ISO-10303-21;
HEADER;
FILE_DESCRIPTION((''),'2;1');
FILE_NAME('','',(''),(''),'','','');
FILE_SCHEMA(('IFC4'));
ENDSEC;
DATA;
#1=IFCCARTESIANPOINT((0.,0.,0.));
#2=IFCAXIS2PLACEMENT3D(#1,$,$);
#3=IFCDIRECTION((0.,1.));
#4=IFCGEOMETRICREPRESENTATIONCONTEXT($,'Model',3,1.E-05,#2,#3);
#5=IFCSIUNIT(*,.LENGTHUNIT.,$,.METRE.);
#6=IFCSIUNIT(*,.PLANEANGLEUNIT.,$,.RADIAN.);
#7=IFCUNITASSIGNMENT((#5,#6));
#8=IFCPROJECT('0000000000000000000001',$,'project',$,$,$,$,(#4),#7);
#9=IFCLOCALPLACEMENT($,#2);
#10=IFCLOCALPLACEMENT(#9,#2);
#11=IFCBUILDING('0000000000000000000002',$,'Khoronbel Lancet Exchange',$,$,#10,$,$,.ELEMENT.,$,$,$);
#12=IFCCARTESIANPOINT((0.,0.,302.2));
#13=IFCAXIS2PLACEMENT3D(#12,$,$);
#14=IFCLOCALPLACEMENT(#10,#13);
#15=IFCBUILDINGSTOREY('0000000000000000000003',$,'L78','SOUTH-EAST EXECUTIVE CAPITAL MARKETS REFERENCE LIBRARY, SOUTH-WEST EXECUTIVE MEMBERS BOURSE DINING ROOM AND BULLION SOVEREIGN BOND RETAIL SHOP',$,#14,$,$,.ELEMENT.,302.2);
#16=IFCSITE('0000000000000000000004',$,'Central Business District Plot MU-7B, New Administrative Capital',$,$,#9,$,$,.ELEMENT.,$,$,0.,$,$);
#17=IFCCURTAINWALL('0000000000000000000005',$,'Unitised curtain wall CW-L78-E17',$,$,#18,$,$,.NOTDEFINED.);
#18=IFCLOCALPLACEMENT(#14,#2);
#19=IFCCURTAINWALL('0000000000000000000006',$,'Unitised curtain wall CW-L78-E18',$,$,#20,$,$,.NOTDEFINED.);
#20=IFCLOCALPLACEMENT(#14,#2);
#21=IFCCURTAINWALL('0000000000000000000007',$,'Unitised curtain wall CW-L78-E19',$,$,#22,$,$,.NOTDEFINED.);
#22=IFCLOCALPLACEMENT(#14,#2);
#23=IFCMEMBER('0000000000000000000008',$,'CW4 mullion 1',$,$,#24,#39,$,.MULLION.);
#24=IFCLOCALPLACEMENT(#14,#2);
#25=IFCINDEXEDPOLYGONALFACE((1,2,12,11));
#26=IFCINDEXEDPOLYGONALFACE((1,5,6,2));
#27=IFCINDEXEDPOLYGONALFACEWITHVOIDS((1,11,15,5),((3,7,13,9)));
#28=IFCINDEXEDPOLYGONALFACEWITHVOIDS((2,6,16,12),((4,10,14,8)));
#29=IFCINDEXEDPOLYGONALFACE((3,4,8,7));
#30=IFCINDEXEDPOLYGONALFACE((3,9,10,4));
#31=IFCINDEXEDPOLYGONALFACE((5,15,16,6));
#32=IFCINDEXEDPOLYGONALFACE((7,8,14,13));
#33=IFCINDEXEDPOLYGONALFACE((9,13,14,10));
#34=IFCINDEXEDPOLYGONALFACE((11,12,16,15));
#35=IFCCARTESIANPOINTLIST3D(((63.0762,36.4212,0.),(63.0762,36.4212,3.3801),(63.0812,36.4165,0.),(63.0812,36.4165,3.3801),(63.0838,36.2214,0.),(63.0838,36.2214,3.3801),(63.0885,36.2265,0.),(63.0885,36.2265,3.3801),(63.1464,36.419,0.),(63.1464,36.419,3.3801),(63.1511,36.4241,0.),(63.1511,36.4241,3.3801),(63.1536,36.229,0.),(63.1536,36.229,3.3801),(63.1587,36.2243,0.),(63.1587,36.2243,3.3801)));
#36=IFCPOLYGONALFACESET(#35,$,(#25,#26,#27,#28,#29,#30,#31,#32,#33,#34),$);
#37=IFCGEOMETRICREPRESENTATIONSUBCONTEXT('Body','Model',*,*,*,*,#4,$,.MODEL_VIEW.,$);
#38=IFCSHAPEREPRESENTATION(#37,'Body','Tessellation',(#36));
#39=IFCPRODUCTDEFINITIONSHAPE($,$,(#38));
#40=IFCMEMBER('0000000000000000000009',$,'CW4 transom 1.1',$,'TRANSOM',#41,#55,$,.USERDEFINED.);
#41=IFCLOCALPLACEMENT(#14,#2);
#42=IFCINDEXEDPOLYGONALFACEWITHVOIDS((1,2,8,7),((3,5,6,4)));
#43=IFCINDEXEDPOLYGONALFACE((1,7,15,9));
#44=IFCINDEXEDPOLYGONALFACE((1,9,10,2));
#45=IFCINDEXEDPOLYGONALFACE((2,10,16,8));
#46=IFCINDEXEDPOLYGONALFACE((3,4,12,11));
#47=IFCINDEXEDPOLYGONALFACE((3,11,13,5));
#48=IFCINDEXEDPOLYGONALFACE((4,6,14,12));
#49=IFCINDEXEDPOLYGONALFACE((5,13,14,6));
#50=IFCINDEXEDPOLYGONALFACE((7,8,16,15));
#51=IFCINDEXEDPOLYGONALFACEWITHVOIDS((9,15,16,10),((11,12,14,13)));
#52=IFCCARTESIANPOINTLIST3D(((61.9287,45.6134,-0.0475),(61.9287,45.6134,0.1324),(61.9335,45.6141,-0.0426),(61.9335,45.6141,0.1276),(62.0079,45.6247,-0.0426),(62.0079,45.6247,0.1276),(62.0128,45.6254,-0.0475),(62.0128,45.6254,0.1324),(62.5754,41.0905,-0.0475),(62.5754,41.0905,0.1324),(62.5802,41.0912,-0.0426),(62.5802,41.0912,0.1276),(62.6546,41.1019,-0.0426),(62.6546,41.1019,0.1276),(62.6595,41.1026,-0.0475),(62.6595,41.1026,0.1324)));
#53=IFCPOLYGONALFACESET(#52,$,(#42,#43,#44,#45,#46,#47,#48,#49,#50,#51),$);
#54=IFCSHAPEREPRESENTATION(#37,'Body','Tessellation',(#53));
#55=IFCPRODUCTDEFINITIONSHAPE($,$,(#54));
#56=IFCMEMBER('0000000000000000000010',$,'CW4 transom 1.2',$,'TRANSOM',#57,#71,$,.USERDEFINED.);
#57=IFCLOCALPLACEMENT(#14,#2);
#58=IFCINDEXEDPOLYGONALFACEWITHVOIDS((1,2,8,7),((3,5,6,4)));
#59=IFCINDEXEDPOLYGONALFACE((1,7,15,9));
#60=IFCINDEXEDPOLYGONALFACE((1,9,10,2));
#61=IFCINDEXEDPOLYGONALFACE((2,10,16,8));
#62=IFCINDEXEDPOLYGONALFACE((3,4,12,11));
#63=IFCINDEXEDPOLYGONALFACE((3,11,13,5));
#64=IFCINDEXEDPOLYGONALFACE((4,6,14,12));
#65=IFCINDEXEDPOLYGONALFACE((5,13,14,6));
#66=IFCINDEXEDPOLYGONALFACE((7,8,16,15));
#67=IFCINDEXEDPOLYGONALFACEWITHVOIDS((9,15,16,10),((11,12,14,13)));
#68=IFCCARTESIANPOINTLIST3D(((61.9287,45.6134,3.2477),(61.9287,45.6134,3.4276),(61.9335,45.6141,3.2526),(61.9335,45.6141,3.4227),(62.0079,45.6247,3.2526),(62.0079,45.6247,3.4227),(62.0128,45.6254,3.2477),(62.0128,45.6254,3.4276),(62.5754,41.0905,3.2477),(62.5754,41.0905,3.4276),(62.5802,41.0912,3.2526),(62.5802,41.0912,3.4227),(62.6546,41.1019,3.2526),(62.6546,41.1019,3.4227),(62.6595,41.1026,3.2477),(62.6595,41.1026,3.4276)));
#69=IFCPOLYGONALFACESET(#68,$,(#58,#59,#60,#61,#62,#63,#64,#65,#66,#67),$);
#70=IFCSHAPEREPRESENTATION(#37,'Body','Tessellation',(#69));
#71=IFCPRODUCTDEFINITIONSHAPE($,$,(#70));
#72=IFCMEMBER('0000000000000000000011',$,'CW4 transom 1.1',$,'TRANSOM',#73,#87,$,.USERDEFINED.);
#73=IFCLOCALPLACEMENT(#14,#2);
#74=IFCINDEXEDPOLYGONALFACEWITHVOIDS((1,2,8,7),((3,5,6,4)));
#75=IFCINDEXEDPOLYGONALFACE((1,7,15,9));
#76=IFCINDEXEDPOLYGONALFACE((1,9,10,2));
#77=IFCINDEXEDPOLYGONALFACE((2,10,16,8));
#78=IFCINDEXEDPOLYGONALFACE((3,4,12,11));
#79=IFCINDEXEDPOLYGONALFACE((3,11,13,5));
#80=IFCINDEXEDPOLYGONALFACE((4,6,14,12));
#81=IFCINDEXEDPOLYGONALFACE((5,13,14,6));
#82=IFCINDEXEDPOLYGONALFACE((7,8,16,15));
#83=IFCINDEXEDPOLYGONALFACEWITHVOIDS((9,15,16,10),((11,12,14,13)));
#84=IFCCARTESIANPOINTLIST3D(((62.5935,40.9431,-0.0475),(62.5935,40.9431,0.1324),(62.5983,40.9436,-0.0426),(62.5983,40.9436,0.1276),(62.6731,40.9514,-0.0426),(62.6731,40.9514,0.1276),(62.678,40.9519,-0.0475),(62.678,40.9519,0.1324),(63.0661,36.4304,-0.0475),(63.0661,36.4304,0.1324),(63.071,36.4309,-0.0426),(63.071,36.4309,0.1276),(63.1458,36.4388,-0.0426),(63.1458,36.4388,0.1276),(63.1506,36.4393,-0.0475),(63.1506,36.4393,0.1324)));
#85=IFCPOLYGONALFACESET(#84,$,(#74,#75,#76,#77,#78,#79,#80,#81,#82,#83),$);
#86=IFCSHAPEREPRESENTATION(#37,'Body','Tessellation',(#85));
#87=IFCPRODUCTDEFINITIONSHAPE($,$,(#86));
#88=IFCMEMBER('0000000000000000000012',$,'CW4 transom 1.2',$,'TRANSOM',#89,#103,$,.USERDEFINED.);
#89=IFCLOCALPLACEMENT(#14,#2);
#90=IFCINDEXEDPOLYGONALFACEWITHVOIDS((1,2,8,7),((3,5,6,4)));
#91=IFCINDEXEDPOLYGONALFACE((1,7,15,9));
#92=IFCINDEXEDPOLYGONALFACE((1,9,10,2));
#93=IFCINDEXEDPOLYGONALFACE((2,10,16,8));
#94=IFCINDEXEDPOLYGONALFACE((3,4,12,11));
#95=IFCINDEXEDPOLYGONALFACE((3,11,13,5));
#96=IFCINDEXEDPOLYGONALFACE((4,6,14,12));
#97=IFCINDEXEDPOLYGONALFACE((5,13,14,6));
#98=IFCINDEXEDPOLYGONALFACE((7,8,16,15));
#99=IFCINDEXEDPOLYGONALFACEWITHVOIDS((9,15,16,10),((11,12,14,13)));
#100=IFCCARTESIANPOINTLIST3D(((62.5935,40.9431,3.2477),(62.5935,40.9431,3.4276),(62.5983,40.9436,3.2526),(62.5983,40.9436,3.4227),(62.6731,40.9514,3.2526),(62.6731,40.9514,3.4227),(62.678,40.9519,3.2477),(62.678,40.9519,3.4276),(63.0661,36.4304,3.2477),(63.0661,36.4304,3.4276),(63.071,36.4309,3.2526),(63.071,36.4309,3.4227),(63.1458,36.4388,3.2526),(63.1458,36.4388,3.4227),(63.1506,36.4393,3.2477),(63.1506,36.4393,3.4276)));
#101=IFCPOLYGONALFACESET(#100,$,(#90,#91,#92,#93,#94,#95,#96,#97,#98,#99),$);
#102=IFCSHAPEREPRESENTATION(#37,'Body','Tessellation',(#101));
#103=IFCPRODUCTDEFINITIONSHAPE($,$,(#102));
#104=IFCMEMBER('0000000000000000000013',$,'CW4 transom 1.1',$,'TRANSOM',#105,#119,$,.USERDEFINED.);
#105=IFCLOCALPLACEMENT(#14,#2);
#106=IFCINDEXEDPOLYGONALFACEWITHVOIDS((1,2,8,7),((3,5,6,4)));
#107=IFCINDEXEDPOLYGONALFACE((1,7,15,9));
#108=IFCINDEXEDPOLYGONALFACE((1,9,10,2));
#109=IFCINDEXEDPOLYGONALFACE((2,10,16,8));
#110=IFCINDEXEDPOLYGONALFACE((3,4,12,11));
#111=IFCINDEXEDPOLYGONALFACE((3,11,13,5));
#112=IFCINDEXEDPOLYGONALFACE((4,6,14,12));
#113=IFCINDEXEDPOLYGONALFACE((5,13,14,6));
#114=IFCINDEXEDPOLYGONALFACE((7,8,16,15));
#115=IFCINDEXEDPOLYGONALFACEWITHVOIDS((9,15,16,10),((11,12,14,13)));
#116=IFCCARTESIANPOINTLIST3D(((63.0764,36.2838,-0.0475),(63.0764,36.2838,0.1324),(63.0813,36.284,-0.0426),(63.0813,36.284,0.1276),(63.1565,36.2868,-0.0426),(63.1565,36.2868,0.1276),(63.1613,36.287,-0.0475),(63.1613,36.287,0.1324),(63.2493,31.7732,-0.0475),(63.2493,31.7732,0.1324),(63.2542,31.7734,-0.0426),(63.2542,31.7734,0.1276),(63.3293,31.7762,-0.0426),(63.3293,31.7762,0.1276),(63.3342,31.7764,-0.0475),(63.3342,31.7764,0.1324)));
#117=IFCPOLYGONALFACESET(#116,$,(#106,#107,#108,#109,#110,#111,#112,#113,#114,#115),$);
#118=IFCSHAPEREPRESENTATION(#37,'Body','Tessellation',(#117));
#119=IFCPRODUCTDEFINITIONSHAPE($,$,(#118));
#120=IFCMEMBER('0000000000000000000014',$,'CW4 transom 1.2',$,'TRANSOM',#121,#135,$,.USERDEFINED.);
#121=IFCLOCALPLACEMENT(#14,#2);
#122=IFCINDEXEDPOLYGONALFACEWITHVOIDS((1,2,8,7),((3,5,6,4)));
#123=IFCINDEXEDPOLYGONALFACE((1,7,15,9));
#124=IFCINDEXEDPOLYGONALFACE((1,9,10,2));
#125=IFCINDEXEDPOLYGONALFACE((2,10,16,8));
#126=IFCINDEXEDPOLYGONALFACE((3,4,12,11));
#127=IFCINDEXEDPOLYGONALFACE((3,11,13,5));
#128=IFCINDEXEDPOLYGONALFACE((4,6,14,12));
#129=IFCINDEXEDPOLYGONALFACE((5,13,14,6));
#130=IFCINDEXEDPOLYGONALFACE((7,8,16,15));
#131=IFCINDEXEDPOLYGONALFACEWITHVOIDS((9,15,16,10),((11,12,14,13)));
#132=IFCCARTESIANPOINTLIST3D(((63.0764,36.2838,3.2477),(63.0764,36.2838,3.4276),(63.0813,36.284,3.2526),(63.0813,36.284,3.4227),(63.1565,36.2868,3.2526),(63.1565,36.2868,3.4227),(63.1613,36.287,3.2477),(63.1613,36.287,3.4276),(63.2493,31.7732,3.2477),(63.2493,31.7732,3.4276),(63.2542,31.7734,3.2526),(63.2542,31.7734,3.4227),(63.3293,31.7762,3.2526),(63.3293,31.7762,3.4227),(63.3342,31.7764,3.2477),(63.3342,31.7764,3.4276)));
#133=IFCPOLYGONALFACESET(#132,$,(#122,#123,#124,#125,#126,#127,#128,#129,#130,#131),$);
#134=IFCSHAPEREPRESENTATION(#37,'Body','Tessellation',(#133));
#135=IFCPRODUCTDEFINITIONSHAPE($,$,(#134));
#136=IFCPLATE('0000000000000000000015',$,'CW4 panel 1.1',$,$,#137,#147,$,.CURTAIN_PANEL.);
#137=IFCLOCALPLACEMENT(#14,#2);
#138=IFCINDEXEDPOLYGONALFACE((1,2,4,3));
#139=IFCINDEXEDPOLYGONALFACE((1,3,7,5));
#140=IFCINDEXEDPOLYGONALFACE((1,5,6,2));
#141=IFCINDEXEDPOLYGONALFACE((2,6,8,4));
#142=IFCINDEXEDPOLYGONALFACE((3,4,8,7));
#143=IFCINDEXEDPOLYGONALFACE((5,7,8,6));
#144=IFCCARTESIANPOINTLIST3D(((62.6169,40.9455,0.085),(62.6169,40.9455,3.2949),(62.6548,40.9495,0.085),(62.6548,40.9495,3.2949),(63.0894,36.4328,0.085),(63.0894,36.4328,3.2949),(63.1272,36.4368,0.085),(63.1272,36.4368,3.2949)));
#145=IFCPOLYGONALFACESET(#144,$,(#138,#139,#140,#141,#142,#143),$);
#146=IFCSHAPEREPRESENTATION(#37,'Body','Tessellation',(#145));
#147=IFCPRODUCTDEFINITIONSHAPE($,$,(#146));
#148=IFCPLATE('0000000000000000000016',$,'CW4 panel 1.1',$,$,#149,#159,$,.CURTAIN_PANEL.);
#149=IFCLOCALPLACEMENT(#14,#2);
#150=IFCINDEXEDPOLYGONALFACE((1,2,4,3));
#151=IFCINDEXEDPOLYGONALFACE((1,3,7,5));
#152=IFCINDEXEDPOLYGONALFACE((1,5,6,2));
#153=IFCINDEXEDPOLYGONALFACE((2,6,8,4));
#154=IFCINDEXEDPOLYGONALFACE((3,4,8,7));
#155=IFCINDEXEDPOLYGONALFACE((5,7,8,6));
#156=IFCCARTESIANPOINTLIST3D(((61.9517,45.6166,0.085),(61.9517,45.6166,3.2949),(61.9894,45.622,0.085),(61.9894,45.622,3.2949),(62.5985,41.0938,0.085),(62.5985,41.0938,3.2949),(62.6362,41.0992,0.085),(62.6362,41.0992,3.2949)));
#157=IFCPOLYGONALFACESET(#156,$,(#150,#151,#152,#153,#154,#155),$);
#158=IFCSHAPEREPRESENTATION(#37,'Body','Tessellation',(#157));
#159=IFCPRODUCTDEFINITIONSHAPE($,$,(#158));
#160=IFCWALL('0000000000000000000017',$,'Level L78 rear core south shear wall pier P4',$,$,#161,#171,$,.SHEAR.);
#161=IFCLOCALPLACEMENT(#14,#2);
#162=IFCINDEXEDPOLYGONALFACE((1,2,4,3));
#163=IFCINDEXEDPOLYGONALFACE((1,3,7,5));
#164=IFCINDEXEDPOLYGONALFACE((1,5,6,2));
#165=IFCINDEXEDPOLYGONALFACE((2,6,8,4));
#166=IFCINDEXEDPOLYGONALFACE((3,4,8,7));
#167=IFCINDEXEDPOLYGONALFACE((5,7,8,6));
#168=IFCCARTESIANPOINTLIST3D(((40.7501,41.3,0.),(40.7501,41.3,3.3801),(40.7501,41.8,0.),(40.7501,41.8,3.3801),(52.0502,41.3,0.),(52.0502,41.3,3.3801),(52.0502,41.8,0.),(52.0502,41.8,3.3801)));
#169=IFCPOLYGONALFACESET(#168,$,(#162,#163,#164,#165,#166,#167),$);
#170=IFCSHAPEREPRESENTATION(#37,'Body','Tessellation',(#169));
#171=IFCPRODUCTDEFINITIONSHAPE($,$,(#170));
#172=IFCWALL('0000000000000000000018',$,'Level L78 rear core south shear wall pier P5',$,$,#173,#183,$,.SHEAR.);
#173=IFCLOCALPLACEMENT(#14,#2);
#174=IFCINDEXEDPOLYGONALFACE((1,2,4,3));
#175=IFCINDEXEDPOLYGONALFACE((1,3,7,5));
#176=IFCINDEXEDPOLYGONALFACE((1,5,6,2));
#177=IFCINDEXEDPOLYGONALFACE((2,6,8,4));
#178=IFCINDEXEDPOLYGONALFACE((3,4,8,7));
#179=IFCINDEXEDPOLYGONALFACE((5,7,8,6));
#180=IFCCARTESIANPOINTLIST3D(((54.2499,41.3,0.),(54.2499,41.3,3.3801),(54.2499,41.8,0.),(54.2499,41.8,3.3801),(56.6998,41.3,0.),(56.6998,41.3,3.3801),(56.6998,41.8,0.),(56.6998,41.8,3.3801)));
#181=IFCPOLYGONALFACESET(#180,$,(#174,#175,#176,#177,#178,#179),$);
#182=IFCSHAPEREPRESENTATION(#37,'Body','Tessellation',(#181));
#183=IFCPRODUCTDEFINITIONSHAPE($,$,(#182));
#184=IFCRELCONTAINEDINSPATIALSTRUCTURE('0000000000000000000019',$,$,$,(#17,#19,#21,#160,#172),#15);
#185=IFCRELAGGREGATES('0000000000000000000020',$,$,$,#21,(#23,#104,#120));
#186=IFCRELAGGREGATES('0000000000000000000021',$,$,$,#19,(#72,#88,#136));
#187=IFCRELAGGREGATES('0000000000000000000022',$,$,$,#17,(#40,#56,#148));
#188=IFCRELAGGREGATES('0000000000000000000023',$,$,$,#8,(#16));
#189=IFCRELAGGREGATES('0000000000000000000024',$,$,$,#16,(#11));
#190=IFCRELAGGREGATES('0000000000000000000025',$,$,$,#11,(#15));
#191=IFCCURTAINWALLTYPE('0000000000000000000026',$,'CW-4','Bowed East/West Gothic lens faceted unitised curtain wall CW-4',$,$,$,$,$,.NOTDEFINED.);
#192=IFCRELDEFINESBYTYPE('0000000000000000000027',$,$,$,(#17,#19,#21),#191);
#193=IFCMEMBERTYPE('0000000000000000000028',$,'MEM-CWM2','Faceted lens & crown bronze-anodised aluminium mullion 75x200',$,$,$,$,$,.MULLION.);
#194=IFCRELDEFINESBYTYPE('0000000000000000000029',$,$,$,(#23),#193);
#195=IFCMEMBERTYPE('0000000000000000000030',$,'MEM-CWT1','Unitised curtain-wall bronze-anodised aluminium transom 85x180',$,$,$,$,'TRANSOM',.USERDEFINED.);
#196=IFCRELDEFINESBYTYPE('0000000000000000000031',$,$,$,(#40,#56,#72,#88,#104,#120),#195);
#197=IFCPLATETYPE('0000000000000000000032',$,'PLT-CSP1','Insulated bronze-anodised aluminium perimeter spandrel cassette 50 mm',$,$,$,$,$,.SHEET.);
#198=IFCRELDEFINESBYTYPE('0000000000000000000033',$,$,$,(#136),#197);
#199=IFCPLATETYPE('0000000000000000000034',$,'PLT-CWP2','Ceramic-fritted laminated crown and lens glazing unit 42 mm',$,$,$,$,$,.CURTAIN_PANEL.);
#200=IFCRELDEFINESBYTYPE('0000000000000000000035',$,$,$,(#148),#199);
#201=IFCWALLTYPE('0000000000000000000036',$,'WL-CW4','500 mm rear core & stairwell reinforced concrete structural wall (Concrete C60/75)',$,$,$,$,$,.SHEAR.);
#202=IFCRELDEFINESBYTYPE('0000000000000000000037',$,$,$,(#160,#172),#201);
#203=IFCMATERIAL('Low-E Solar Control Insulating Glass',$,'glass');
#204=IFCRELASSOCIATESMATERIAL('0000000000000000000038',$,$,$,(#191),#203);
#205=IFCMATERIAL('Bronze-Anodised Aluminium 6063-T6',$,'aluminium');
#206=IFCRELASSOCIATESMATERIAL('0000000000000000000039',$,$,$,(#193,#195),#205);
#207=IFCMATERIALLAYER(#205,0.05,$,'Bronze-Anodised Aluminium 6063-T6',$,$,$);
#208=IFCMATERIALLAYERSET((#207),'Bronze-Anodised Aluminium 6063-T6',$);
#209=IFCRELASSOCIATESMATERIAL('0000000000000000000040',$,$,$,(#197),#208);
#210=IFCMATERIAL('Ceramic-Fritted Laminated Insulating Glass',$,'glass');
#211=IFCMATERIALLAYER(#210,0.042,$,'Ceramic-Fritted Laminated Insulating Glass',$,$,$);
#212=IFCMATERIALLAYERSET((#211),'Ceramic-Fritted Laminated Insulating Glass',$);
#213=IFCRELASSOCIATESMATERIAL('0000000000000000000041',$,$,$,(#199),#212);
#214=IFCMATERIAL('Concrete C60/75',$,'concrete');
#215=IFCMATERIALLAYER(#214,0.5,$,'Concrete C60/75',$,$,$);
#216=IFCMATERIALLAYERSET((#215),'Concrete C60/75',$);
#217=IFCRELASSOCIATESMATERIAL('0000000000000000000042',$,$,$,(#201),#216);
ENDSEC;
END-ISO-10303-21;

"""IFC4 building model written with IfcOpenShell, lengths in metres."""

from ifc_helpers import new_model, si_unit, direction, frame, frame_2d, origin, origin_2d, place, context, subcontext, project, spatial, rectangle, hollow_rectangle, extrude, material, layer, layer_set, material_profile, profile_set, type_object, element, aggregate, save


model = new_model("IFC4")

# Units and contexts
model_context = context("Model", 3, precision=1e-05, world=origin(), true_north=direction((0.0, 1.0)))
body_context = subcontext(model_context, "Body", "Model", "MODEL_VIEW")
ifc_project = project(units=[si_unit("LENGTHUNIT", "METRE"), si_unit("PLANEANGLEUNIT", "RADIAN")], contexts=[model_context])

# Site, building, storey
site_placement = place(None, origin())
site = spatial("IfcSite", under=ifc_project, at=site_placement, Name="Central Business District Plot MU-7B, New Administrative Capital", CompositionType="ELEMENT", RefElevation=0.0)
building_placement = place(site_placement, origin())
building = spatial("IfcBuilding", under=site, at=building_placement, Name="Khoronbel Lancet Exchange", CompositionType="ELEMENT")
storey_placement = place(building_placement, frame((0.0, 0.0, 302.2)))
storey = spatial("IfcBuildingStorey", under=building, at=storey_placement, Name="L78", Description="SOUTH-EAST EXECUTIVE CAPITAL MARKETS REFERENCE LIBRARY, SOUTH-WEST EXECUTIVE MEMBERS BOURSE DINING ROOM AND BULLION SOVEREIGN BOND RETAIL SHOP", CompositionType="ELEMENT", Elevation=302.2)

# Shared definitions
ifc_material_1 = material(Name="Concrete C60/75", Category="concrete")

# Curtain walls
ifc_material_2 = material(Name="Low-E Solar Control Insulating Glass", Category="glass")
curtain_wall_type = type_object("IfcCurtainWallType", Name="CW-4", Description="Bowed East/West Gothic lens faceted unitised curtain wall CW-4", PredefinedType="NOTDEFINED", material=ifc_material_2)
curtain_wall_1_placement = place(storey_placement, origin())
curtain_wall_1 = element("IfcCurtainWall", 1, at=curtain_wall_1_placement, inside=storey, type_object=curtain_wall_type, Name="Unitised curtain wall CW-L78-E17", PredefinedType="NOTDEFINED")
ifc_material_3 = material(Name="Bronze-Anodised Aluminium 6063-T6", Category="aluminium")
ifc_material_profile_1 = material_profile(ifc_material_3, hollow_rectangle(XDim=0.075, YDim=0.2, WallThickness=0.0049, at=origin_2d()), Name="ALU MULLION 75x200")
ifc_profile_set_1 = profile_set([ifc_material_profile_1], Name="Bronze-Anodised Aluminium 6063-T6")
member_type_1 = type_object("IfcMemberType", Name="MEM-CWM2", Description="Faceted lens & crown bronze-anodised aluminium mullion 75x200", PredefinedType="MULLION", material=ifc_profile_set_1)
curtain_wall_2_placement = place(storey_placement, origin())
curtain_wall_2 = element("IfcCurtainWall", 2, at=curtain_wall_2_placement, inside=storey, type_object=curtain_wall_type, Name="Unitised curtain wall CW-L78-E18", PredefinedType="NOTDEFINED")

# Curtain wall, member
curtain_wall_3_placement = place(storey_placement, origin())
curtain_wall_3 = element("IfcCurtainWall", 3, at=curtain_wall_3_placement, inside=storey, type_object=curtain_wall_type, Name="Unitised curtain wall CW-L78-E19", PredefinedType="NOTDEFINED")
member_1_placement = place(storey_placement, frame((63.1174, 36.3228, 0.0), z_axis=(0.0, 0.0, 1.0), x_axis=(0.999267, 0.038274, 0.0)))
member_1 = element("IfcMember", 4, at=member_1_placement, type_object=member_type_1, Name="CW4 mullion 1", PredefinedType="MULLION", context=body_context, shape_type="SweptSolid", body=[
    extrude(hollow_rectangle(XDim=0.075, YDim=0.2, WallThickness=0.0049, at=origin_2d()), origin(), (0.0, 0.0, 1.0), 3.3801),
])

# Members
ifc_material_profile_2 = material_profile(ifc_material_3, hollow_rectangle(XDim=0.085, YDim=0.1799, WallThickness=0.0049, at=origin_2d()), Name="ALU TRANSOM 85x180")
ifc_profile_set_2 = profile_set([ifc_material_profile_2], Name="Bronze-Anodised Aluminium 6063-T6")
member_type_2 = type_object("IfcMemberType", Name="MEM-CWT1", Description="Unitised curtain-wall bronze-anodised aluminium transom 85x180", ElementType="TRANSOM", PredefinedType="USERDEFINED", material=ifc_profile_set_2)
member_2_placement = place(storey_placement, frame((61.9707, 45.6194, 0.0425), z_axis=(0.141549, -0.989931, 0.0), x_axis=(0.989931, 0.141549, 0.0)))
member_2 = element("IfcMember", 5, at=member_2_placement, type_object=member_type_2, Name="CW4 transom 1.1", ObjectType="TRANSOM", PredefinedType="USERDEFINED", context=body_context, shape_type="SweptSolid", body=[
    extrude(hollow_rectangle(XDim=0.085, YDim=0.1799, WallThickness=0.0049, at=origin_2d()), origin(), (0.0, 0.0, 1.0), 4.5688),
])
member_3_placement = place(storey_placement, frame((61.9707, 45.6194, 3.3376), z_axis=(0.141549, -0.989931, 0.0), x_axis=(0.989931, 0.141549, 0.0)))
member_3 = element("IfcMember", 6, at=member_3_placement, type_object=member_type_2, Name="CW4 transom 1.2", ObjectType="TRANSOM", PredefinedType="USERDEFINED", context=body_context, shape_type="SweptSolid", body=[
    extrude(hollow_rectangle(XDim=0.085, YDim=0.1799, WallThickness=0.0049, at=origin_2d()), origin(), (0.0, 0.0, 1.0), 4.5688),
])
member_4_placement = place(storey_placement, frame((62.6357, 40.9475, 0.0425), z_axis=(0.104169, -0.99456, 0.0), x_axis=(0.99456, 0.104169, 0.0)))
member_4 = element("IfcMember", 7, at=member_4_placement, type_object=member_type_2, Name="CW4 transom 1.1", ObjectType="TRANSOM", PredefinedType="USERDEFINED", context=body_context, shape_type="SweptSolid", body=[
    extrude(hollow_rectangle(XDim=0.085, YDim=0.1799, WallThickness=0.0049, at=origin_2d()), origin(), (0.0, 0.0, 1.0), 4.5374),
])
member_5_placement = place(storey_placement, frame((62.6357, 40.9475, 3.3376), z_axis=(0.104169, -0.99456, 0.0), x_axis=(0.99456, 0.104169, 0.0)))
member_5 = element("IfcMember", 8, at=member_5_placement, type_object=member_type_2, Name="CW4 transom 1.2", ObjectType="TRANSOM", PredefinedType="USERDEFINED", context=body_context, shape_type="SweptSolid", body=[
    extrude(hollow_rectangle(XDim=0.085, YDim=0.1799, WallThickness=0.0049, at=origin_2d()), origin(), (0.0, 0.0, 1.0), 4.5374),
])
member_6_placement = place(storey_placement, frame((63.1189, 36.2854, 0.0425), z_axis=(0.038294, -0.999267, 0.0), x_axis=(0.999267, 0.038294, 0.0)))
member_6 = element("IfcMember", 9, at=member_6_placement, type_object=member_type_2, Name="CW4 transom 1.1", ObjectType="TRANSOM", PredefinedType="USERDEFINED", context=body_context, shape_type="SweptSolid", body=[
    extrude(hollow_rectangle(XDim=0.085, YDim=0.1799, WallThickness=0.0049, at=origin_2d()), origin(), (0.0, 0.0, 1.0), 4.5139),
])
member_7_placement = place(storey_placement, frame((63.1189, 36.2854, 3.3376), z_axis=(0.038294, -0.999267, 0.0), x_axis=(0.999267, 0.038294, 0.0)))
member_7 = element("IfcMember", 10, at=member_7_placement, type_object=member_type_2, Name="CW4 transom 1.2", ObjectType="TRANSOM", PredefinedType="USERDEFINED", context=body_context, shape_type="SweptSolid", body=[
    extrude(hollow_rectangle(XDim=0.085, YDim=0.1799, WallThickness=0.0049, at=origin_2d()), origin(), (0.0, 0.0, 1.0), 4.5139),
])
aggregate(curtain_wall_3, [member_1, member_6, member_7])

# Plates
ifc_layer_1 = layer(ifc_material_3, 0.05, Name="Bronze-Anodised Aluminium 6063-T6")
ifc_layer_set_1 = layer_set([ifc_layer_1], Name="Bronze-Anodised Aluminium 6063-T6")
plate_type_1 = type_object("IfcPlateType", Name="PLT-CSP1", Description="Insulated bronze-anodised aluminium perimeter spandrel cassette 50 mm", PredefinedType="SHEET", material=ifc_layer_set_1)
plate_1_placement = place(storey_placement, frame((62.8721, 38.6912, 0.085), z_axis=(0.0, 0.0, 1.0), x_axis=(0.104131, -0.994564, 0.0)))
plate_1 = element("IfcPlate", 11, at=plate_1_placement, type_object=plate_type_1, Name="CW4 panel 1.1", PredefinedType="CURTAIN_PANEL", context=body_context, shape_type="SweptSolid", body=[
    extrude(rectangle(XDim=4.5374, YDim=0.0381, at=origin_2d()), origin(), (0.0, 0.0, 1.0), 3.21),
])
aggregate(curtain_wall_2, [member_4, member_5, plate_1])
ifc_material_4 = material(Name="Ceramic-Fritted Laminated Insulating Glass", Category="glass")
ifc_layer_2 = layer(ifc_material_4, 0.042, Name="Ceramic-Fritted Laminated Insulating Glass")
ifc_layer_set_2 = layer_set([ifc_layer_2], Name="Ceramic-Fritted Laminated Insulating Glass")
plate_type_2 = type_object("IfcPlateType", Name="PLT-CWP2", Description="Ceramic-fritted laminated crown and lens glazing unit 42 mm", PredefinedType="CURTAIN_PANEL", material=ifc_layer_set_2)
plate_2_placement = place(storey_placement, frame((62.2939, 43.3579, 0.085), z_axis=(0.0, 0.0, 1.0), x_axis=(0.141558, -0.98993, 0.0)))
plate_2 = element("IfcPlate", 12, at=plate_2_placement, type_object=plate_type_2, Name="CW4 panel 1.1", PredefinedType="CURTAIN_PANEL", context=body_context, shape_type="SweptSolid", body=[
    extrude(rectangle(XDim=4.5688, YDim=0.0381, at=origin_2d()), origin(), (0.0, 0.0, 1.0), 3.21),
])
aggregate(curtain_wall_1, [member_2, member_3, plate_2])

# Walls
ifc_layer_3 = layer(ifc_material_1, 0.5, Name="Concrete C60/75")
ifc_layer_set_3 = layer_set([ifc_layer_3], Name="Concrete C60/75")
wall_type_1 = type_object("IfcWallType", Name="WL-CW4", Description="500 mm rear core & stairwell reinforced concrete structural wall (Concrete C60/75)", PredefinedType="SHEAR", material=ifc_layer_set_3)
wall_1_placement = place(storey_placement, frame((52.05, 41.55, 0.0), z_axis=(0.0, 0.0, 1.0), x_axis=(-1.0, 0.0, 0.0)))
element("IfcWall", 13, at=wall_1_placement, inside=storey, type_object=wall_type_1, Name="Level L78 rear core south shear wall pier P4", PredefinedType="SHEAR", context=body_context, shape_type="SweptSolid", body=[
    extrude(rectangle(XDim=11.3, YDim=0.5, at=frame_2d((5.6499, 0.0))), origin(), (0.0, 0.0, 1.0), 3.3801),
])
wall_2_placement = place(storey_placement, frame((56.7, 41.55, 0.0), z_axis=(0.0, 0.0, 1.0), x_axis=(-1.0, 0.0, 0.0)))
element("IfcWall", 14, at=wall_2_placement, inside=storey, type_object=wall_type_1, Name="Level L78 rear core south shear wall pier P5", PredefinedType="SHEAR", context=body_context, shape_type="SweptSolid", body=[
    extrude(rectangle(XDim=2.45, YDim=0.5, at=frame_2d((1.2251, 0.0))), origin(), (0.0, 0.0, 1.0), 3.3801),
])

save(model, "model.ifc")
